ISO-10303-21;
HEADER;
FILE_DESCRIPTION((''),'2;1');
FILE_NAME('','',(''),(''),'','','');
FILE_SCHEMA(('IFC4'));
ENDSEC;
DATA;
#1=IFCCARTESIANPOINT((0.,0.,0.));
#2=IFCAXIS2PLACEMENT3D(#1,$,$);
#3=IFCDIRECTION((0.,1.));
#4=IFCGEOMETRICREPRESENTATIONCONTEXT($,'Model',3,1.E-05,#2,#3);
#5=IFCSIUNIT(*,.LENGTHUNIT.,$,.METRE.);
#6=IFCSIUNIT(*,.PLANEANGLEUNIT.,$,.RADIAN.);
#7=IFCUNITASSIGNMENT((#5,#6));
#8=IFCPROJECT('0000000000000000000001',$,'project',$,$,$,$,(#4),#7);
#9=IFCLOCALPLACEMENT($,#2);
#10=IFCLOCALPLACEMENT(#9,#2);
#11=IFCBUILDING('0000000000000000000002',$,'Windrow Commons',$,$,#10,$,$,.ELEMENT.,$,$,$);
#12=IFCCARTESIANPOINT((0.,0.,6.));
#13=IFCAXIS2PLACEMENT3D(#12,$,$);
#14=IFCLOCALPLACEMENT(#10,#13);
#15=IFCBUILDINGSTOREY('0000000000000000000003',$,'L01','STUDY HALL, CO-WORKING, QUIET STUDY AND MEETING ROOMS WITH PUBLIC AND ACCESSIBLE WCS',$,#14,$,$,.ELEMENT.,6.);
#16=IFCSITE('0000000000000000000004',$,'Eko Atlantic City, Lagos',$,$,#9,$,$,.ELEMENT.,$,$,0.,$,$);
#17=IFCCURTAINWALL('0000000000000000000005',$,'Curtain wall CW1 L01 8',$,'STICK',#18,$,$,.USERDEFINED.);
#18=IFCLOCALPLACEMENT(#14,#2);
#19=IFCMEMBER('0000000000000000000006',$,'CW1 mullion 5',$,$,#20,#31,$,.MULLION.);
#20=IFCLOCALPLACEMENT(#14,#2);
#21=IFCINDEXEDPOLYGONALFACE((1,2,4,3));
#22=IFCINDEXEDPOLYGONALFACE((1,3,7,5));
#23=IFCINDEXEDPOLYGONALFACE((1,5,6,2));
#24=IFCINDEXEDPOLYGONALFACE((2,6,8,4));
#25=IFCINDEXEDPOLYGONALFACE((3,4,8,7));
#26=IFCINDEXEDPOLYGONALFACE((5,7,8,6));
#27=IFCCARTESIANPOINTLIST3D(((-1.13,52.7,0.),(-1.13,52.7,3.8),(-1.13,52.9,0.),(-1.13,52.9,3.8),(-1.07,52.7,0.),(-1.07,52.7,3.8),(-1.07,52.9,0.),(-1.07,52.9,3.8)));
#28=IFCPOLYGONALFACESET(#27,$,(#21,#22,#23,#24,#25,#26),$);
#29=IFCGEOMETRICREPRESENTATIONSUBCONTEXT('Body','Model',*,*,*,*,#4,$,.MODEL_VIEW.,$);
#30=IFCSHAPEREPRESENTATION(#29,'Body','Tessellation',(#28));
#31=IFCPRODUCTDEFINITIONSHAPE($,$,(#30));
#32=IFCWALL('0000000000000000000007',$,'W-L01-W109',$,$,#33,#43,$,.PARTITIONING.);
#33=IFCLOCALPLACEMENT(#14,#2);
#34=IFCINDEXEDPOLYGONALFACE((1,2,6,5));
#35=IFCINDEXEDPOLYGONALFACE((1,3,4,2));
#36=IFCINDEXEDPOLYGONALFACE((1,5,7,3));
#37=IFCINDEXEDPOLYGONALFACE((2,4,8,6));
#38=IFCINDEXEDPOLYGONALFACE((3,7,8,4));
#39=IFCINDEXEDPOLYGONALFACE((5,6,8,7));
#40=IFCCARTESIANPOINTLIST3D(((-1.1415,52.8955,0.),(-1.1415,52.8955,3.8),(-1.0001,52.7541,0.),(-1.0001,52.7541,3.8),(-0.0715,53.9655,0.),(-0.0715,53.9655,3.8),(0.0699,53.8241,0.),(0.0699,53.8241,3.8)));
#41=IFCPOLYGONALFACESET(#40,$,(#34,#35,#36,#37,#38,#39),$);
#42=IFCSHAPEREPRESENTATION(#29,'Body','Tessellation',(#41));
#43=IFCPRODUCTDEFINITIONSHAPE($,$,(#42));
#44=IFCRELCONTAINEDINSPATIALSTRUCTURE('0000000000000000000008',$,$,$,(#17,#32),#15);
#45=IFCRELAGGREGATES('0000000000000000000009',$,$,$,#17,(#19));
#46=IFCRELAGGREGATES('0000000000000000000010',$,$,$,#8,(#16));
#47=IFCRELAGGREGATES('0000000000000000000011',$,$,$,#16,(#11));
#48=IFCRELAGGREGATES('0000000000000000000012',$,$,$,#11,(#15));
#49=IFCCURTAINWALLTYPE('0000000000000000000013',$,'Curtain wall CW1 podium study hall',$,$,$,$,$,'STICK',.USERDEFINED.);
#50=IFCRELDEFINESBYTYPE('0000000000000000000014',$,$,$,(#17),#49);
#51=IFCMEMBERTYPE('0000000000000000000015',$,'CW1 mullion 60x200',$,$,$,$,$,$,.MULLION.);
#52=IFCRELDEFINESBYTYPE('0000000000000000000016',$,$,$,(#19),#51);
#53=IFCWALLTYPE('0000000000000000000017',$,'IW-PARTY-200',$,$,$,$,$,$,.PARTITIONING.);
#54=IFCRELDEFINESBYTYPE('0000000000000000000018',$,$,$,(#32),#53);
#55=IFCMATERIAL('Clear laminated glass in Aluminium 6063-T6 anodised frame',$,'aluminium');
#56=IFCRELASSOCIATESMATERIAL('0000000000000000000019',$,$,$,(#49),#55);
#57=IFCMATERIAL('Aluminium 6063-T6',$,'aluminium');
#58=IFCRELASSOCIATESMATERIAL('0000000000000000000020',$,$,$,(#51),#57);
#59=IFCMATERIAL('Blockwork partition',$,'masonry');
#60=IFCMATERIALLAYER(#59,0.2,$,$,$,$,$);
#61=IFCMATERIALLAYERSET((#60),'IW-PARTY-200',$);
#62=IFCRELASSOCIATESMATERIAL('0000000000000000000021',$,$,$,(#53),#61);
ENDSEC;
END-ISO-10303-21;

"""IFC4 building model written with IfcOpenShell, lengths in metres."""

from ifc_helpers import new_model, si_unit, direction, frame, frame_2d, origin, origin_2d, place, context, subcontext, project, spatial, rectangle, extrude, material, layer, layer_set, material_profile, profile_set, type_object, element, aggregate, save


model = new_model("IFC4")

# Units and contexts
model_context = context("Model", 3, precision=1e-05, world=origin(), true_north=direction((0.0, 1.0)))
body_context = subcontext(model_context, "Body", "Model", "MODEL_VIEW")
ifc_project = project(units=[si_unit("LENGTHUNIT", "METRE"), si_unit("PLANEANGLEUNIT", "RADIAN")], contexts=[model_context])

# Site, building, storey
site_placement = place(None, origin())
site = spatial("IfcSite", under=ifc_project, at=site_placement, Name="Eko Atlantic City, Lagos", CompositionType="ELEMENT", RefElevation=0.0)
building_placement = place(site_placement, origin())
building = spatial("IfcBuilding", under=site, at=building_placement, Name="Windrow Commons", CompositionType="ELEMENT")
storey_placement = place(building_placement, frame((0.0, 0.0, 6.0)))
storey = spatial("IfcBuildingStorey", under=building, at=storey_placement, Name="L01", Description="STUDY HALL, CO-WORKING, QUIET STUDY AND MEETING ROOMS WITH PUBLIC AND ACCESSIBLE WCS", CompositionType="ELEMENT", Elevation=6.0)

# Curtain wall, member
ifc_material_1 = material(Name="Clear laminated glass in Aluminium 6063-T6 anodised frame", Category="aluminium")
curtain_wall_type = type_object("IfcCurtainWallType", Name="Curtain wall CW1 podium study hall", ElementType="STICK", PredefinedType="USERDEFINED", material=ifc_material_1)
curtain_wall_placement = place(storey_placement, origin())
curtain_wall = element("IfcCurtainWall", 1, at=curtain_wall_placement, inside=storey, type_object=curtain_wall_type, Name="Curtain wall CW1 L01 8", ObjectType="STICK", PredefinedType="USERDEFINED")
ifc_material_2 = material(Name="Aluminium 6063-T6", Category="aluminium")
ifc_material_profile = material_profile(ifc_material_2, rectangle(XDim=0.06, YDim=0.2, at=origin_2d()))
ifc_profile_set = profile_set([ifc_material_profile], Name="Aluminium 6063-T6")
member_type = type_object("IfcMemberType", Name="CW1 mullion 60x200", PredefinedType="MULLION", material=ifc_profile_set)
member_placement = place(storey_placement, frame((-1.1, 52.8, 0.0), z_axis=(0.0, 0.0, 1.0), x_axis=(1.0, 0.0, 0.0)))
member = element("IfcMember", 2, at=member_placement, type_object=member_type, Name="CW1 mullion 5", PredefinedType="MULLION", context=body_context, shape_type="SweptSolid", body=[
    extrude(rectangle(XDim=0.06, YDim=0.2, at=origin_2d()), origin(), (0.0, 0.0, 1.0), 3.8),
])
aggregate(curtain_wall, [member])

# Wall
ifc_material_3 = material(Name="Blockwork partition", Category="masonry")
ifc_layer_1 = layer(ifc_material_3, 0.2)
ifc_layer_set_1 = layer_set([ifc_layer_1], Name="IW-PARTY-200")
wall_type_1 = type_object("IfcWallType", Name="IW-PARTY-200", PredefinedType="PARTITIONING", material=ifc_layer_set_1)
wall_1_placement = place(storey_placement, frame((-1.0708, 52.8248, 0.0), z_axis=(0.0, 0.0, 1.0), x_axis=(0.707107, 0.707107, 0.0)))
element("IfcWall", 3, at=wall_1_placement, inside=storey, type_object=wall_type_1, Name="W-L01-W109", PredefinedType="PARTITIONING", context=body_context, shape_type="SweptSolid", body=[
    extrude(rectangle(XDim=1.5132, YDim=0.2, at=frame_2d((0.7566, 0.0))), origin(), (0.0, 0.0, 1.0), 3.8),
])

save(model, "model.ifc")
